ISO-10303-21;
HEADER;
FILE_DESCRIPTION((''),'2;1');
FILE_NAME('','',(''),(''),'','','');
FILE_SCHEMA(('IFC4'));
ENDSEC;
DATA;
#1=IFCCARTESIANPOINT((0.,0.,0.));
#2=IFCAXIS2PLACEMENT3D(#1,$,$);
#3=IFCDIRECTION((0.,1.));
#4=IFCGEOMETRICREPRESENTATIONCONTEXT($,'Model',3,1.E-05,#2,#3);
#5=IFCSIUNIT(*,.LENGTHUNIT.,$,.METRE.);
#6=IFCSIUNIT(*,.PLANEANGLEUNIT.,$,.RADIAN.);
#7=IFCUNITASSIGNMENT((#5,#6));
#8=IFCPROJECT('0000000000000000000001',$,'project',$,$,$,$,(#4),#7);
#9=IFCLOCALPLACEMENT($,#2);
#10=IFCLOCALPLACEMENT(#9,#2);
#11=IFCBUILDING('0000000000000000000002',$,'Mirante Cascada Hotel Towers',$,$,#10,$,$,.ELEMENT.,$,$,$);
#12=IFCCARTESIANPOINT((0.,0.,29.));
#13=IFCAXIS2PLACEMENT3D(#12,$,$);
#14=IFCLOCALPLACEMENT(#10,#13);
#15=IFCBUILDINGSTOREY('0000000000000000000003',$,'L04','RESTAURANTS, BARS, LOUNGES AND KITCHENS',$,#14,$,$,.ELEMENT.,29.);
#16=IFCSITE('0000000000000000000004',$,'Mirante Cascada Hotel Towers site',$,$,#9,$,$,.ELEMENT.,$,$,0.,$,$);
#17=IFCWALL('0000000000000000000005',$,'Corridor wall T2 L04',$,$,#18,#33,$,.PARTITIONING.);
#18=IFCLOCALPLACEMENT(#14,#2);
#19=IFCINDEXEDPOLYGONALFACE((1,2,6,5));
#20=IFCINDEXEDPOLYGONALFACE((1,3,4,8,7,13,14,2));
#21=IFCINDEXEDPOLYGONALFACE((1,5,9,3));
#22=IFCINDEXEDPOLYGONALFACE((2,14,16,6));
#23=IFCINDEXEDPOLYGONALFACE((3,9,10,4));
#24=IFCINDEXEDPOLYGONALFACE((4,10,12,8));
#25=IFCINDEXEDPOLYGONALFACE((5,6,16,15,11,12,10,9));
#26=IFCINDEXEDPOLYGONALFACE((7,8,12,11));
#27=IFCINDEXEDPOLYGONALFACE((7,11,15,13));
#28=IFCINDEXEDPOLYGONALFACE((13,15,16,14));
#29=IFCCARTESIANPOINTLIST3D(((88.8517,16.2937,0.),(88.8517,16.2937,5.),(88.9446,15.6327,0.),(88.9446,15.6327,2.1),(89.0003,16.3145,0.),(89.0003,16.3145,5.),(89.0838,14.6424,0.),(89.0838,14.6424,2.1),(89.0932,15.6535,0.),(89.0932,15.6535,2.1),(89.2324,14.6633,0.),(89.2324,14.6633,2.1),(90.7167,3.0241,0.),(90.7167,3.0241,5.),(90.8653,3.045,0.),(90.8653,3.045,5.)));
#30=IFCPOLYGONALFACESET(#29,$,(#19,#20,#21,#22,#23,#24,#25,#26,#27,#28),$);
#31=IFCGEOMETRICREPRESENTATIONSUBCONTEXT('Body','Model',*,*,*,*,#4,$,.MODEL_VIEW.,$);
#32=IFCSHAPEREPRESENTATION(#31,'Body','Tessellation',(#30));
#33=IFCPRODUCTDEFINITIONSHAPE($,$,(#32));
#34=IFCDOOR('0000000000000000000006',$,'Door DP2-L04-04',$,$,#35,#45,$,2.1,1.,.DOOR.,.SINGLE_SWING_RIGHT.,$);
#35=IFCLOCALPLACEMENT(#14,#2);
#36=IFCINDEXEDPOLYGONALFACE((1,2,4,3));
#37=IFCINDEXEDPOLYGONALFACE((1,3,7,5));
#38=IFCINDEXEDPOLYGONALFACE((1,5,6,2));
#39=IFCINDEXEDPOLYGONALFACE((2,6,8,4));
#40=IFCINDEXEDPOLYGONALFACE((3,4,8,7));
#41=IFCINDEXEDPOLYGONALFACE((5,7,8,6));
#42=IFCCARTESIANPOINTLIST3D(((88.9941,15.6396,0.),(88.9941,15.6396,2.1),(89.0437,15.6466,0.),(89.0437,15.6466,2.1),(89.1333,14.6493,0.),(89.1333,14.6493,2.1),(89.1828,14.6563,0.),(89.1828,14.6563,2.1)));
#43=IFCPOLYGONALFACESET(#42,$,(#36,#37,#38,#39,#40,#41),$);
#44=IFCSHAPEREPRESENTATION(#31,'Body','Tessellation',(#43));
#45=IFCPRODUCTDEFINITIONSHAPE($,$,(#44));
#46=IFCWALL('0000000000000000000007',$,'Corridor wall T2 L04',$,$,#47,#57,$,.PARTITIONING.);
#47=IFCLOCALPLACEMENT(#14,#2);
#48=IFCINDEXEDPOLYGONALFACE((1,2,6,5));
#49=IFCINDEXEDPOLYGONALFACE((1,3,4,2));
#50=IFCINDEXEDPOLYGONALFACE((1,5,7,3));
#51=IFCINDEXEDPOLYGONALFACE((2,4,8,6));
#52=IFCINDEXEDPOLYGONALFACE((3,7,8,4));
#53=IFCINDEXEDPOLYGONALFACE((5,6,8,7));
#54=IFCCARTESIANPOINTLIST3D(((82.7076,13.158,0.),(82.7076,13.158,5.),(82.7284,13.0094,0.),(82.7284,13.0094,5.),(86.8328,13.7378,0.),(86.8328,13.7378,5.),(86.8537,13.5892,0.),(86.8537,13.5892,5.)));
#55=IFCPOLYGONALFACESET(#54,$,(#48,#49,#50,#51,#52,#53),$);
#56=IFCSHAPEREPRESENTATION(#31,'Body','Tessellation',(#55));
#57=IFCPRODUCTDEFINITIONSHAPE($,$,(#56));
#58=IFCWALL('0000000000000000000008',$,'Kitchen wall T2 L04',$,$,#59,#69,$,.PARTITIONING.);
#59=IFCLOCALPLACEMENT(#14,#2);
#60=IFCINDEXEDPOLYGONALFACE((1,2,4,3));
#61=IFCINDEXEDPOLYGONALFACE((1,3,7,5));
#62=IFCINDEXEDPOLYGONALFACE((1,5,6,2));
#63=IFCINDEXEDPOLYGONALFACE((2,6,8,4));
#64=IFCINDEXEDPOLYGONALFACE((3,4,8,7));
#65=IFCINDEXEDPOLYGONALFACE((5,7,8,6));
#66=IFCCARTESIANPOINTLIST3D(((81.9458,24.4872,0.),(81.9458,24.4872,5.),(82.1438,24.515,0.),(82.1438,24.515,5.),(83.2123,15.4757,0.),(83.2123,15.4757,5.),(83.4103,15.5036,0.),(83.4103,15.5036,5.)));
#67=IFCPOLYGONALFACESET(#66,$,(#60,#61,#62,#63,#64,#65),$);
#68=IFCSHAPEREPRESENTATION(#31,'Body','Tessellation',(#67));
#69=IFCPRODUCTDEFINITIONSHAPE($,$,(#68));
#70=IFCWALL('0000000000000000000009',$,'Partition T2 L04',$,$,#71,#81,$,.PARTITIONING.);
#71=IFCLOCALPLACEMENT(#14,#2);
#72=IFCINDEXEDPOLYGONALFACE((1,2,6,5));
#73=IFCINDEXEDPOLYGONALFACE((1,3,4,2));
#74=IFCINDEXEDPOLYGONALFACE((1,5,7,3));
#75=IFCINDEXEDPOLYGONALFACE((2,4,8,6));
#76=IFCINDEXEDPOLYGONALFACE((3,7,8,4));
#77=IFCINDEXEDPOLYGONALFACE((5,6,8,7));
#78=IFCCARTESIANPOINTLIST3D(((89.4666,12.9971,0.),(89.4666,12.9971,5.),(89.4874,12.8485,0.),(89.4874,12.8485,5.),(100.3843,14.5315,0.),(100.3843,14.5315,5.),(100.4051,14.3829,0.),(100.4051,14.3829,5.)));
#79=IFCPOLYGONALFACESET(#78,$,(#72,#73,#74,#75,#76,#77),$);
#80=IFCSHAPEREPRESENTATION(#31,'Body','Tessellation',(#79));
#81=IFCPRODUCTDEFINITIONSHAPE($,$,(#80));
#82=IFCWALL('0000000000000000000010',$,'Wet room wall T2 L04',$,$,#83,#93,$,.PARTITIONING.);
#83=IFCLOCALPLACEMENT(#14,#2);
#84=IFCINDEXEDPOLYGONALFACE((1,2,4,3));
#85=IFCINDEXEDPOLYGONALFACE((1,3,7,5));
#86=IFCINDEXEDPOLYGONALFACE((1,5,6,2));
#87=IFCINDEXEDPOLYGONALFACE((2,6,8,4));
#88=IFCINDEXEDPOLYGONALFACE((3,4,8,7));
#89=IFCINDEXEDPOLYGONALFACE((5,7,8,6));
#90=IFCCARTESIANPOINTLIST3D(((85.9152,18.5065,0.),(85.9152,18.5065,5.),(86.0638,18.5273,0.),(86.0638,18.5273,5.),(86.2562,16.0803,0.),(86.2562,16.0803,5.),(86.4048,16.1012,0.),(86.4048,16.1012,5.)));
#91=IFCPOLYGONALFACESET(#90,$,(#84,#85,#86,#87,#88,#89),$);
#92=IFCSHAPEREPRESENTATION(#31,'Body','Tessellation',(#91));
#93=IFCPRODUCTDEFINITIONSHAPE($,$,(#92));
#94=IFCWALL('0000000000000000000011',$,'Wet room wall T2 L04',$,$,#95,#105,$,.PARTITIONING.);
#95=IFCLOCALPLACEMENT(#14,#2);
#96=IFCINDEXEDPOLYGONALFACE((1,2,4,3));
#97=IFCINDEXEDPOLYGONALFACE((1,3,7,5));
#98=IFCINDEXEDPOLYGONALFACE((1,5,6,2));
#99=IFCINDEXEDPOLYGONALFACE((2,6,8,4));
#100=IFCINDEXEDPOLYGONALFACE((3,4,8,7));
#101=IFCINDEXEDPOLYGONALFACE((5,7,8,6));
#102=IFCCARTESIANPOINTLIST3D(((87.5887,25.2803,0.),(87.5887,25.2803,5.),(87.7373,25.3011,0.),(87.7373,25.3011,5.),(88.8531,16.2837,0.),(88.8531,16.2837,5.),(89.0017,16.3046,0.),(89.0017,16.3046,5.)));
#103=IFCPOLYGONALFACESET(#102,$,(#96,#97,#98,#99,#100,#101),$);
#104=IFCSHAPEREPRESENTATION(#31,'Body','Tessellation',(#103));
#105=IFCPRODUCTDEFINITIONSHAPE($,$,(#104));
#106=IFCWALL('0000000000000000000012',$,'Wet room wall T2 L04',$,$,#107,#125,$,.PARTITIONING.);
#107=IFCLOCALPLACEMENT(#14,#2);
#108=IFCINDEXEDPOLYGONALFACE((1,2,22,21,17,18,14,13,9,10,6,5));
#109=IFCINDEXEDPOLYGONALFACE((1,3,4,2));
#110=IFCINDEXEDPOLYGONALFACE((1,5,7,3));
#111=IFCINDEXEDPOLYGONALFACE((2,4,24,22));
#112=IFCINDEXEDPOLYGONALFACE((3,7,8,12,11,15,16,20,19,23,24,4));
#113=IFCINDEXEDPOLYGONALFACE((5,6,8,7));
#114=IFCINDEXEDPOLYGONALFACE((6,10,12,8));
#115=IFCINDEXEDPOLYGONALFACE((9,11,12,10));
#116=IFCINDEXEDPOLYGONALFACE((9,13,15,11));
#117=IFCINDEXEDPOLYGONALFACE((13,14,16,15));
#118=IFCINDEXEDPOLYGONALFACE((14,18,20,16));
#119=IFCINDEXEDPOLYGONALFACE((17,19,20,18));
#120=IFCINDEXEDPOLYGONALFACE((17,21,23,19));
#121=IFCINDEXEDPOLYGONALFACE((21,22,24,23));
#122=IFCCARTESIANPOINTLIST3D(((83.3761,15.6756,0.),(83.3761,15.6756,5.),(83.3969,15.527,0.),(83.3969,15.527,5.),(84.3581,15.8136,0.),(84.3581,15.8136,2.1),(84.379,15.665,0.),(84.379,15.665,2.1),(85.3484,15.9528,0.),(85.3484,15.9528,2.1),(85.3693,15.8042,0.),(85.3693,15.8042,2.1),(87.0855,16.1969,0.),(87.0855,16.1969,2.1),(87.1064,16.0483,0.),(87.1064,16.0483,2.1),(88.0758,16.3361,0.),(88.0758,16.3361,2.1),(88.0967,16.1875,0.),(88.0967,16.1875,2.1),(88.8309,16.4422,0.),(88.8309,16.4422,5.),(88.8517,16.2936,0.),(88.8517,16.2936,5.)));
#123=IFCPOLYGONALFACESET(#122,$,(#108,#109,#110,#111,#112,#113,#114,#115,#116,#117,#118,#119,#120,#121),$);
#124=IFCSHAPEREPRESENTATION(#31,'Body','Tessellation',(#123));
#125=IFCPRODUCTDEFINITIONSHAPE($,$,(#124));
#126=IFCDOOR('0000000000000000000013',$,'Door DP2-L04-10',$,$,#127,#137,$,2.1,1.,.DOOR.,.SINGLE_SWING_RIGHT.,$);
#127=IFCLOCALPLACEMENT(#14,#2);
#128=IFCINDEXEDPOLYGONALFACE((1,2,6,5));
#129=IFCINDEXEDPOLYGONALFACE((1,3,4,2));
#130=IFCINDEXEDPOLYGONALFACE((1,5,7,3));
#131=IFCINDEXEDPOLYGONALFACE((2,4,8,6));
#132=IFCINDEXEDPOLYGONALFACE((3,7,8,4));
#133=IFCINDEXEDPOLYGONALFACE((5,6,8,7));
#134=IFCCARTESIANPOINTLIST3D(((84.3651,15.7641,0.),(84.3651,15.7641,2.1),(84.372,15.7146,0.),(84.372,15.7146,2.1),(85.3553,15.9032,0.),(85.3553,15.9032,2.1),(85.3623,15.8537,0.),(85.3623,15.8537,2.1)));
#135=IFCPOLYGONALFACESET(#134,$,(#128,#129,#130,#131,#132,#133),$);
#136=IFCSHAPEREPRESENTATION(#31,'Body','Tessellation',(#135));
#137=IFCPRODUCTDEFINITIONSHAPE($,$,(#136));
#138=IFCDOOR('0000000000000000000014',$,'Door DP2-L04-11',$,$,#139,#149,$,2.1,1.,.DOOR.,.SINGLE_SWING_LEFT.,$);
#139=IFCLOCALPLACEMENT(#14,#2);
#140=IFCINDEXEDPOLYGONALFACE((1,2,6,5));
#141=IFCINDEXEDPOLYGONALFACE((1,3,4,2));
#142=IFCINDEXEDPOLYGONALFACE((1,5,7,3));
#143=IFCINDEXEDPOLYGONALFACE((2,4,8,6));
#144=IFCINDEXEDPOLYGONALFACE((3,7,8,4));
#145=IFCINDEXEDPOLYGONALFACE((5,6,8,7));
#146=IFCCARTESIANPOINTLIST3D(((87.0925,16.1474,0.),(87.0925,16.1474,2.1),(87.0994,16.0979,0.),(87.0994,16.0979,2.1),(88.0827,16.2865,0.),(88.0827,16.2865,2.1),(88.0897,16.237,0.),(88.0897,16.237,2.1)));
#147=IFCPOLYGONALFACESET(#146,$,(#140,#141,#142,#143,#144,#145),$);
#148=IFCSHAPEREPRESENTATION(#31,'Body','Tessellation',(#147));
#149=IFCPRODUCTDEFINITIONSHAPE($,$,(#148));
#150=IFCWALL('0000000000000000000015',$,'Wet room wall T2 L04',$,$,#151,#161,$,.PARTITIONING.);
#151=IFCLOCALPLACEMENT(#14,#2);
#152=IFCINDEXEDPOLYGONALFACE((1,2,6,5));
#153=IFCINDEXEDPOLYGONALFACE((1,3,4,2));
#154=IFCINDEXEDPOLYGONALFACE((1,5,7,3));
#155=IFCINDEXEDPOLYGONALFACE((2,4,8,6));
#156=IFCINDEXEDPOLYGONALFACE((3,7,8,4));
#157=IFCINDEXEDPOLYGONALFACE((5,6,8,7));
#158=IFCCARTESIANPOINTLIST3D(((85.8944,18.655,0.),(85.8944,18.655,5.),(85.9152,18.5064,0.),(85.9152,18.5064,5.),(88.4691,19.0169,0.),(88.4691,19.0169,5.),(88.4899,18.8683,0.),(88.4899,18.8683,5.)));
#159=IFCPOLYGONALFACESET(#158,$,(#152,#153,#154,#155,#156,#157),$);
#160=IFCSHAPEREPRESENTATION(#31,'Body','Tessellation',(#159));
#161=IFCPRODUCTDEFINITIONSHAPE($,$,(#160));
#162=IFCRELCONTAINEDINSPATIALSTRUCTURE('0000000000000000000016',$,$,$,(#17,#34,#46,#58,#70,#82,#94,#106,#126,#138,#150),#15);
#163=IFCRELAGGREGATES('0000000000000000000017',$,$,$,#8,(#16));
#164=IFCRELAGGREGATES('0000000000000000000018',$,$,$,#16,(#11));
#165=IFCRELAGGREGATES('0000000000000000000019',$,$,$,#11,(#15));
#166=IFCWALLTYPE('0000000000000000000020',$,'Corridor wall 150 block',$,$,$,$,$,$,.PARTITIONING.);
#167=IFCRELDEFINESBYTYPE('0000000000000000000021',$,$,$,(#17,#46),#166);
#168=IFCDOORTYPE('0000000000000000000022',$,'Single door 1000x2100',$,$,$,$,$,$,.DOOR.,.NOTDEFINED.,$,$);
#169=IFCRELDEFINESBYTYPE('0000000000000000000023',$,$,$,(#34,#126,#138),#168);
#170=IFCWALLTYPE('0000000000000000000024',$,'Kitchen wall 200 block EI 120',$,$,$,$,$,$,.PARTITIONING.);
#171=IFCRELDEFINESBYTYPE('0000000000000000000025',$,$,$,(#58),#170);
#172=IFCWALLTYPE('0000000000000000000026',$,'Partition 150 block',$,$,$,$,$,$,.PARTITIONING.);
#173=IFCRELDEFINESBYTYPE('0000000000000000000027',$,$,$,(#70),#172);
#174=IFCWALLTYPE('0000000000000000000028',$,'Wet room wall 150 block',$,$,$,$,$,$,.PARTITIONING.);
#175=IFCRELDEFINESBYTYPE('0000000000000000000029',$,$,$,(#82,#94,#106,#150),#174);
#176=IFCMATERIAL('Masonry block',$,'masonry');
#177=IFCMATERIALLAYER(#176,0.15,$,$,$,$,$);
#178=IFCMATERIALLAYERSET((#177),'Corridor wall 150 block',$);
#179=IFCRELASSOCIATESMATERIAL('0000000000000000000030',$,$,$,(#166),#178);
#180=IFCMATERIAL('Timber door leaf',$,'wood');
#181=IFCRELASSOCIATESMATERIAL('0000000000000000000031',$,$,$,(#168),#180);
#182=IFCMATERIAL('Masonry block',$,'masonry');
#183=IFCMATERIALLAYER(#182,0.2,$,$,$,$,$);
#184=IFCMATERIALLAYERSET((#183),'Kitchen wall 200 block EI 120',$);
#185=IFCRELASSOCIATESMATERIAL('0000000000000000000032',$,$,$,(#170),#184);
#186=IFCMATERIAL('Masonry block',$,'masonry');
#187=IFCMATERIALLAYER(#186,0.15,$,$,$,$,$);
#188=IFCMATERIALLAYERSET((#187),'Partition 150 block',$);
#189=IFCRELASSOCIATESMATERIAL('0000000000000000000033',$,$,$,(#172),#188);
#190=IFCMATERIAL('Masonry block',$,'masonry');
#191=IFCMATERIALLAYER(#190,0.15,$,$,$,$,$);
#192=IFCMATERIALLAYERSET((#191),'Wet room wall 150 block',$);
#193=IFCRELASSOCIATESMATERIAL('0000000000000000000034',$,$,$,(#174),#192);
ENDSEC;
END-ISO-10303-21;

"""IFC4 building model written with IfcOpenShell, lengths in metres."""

from ifc_helpers import new_model, si_unit, direction, frame, frame_2d, origin, place, context, subcontext, project, spatial, rectangle, extrude, material, layer, layer_set, type_object, element, fill, save


model = new_model("IFC4")

# Units and contexts
model_context = context("Model", 3, precision=1e-05, world=origin(), true_north=direction((0.0, 1.0)))
body_context = subcontext(model_context, "Body", "Model", "MODEL_VIEW")
ifc_project = project(units=[si_unit("LENGTHUNIT", "METRE"), si_unit("PLANEANGLEUNIT", "RADIAN")], contexts=[model_context])

# Site, building, storey
site_placement = place(None, origin())
site = spatial("IfcSite", under=ifc_project, at=site_placement, Name="Mirante Cascada Hotel Towers site", CompositionType="ELEMENT", RefElevation=0.0)
building_placement = place(site_placement, origin())
building = spatial("IfcBuilding", under=site, at=building_placement, Name="Mirante Cascada Hotel Towers", CompositionType="ELEMENT")
storey_placement = place(building_placement, frame((0.0, 0.0, 29.0)))
storey = spatial("IfcBuildingStorey", under=building, at=storey_placement, Name="L04", Description="RESTAURANTS, BARS, LOUNGES AND KITCHENS", CompositionType="ELEMENT", Elevation=29.0)

# Shared definitions
ifc_material_1 = material(Name="Masonry block", Category="masonry")
ifc_layer_1 = layer(ifc_material_1, 0.15)
ifc_layer_set_1 = layer_set([ifc_layer_1], Name="Corridor wall 150 block")
wall_type_1 = type_object("IfcWallType", Name="Corridor wall 150 block", PredefinedType="PARTITIONING", material=ifc_layer_set_1)

# Wall, opening, door
wall_1_placement = place(storey_placement, frame((88.926, 16.3041, 0.0), z_axis=(0.0, 0.0, 1.0), x_axis=(0.139179, -0.990267, 0.0)))
wall_1 = element("IfcWall", 1, at=wall_1_placement, inside=storey, type_object=wall_type_1, Name="Corridor wall T2 L04", PredefinedType="PARTITIONING", context=body_context, shape_type="SweptSolid", body=[
    extrude(rectangle(XDim=13.4, YDim=0.15, at=frame_2d((6.7, 0.0))), origin(), (0.0, 0.0, 1.0), 5.0),
])
opening_1_placement = place(wall_1_placement, frame((0.6675, 0.0, 0.0)))
opening_1 = element("IfcOpeningElement", 2, at=opening_1_placement, cuts=wall_1, PredefinedType="OPENING", context=body_context, shape_type="SweptSolid", body=[
    extrude(rectangle(XDim=1.0, YDim=2.1, at=frame_2d((0.5, 1.05))), frame((0.0, 0.075, 0.0), z_axis=(0.0, -1.0, 0.0), x_axis=(1.0, 0.0, 0.0)), (0.0, 0.0, 1.0), 0.15),
])
ifc_material_2 = material(Name="Timber door leaf", Category="wood")
door_type = type_object("IfcDoorType", Name="Single door 1000x2100", OperationType="NOTDEFINED", PredefinedType="DOOR", material=ifc_material_2)
door_1_placement = place(opening_1_placement, origin())
door_1 = element("IfcDoor", 3, at=door_1_placement, inside=storey, type_object=door_type, Name="Door DP2-L04-04", OperationType="SINGLE_SWING_RIGHT", OverallHeight=2.1, OverallWidth=1.0, PredefinedType="DOOR", context=body_context, shape_type="SweptSolid", body=[
    extrude(rectangle(XDim=1.0, YDim=2.1, at=frame_2d((0.5, 1.05))), frame((0.0, 0.025, 0.0), z_axis=(0.0, -1.0, 0.0), x_axis=(1.0, 0.0, 0.0)), (0.0, 0.0, 1.0), 0.05),
])
fill(opening_1, door_1)

# Walls
wall_2_placement = place(storey_placement, frame((82.718, 13.0837, 0.0), z_axis=(0.0, 0.0, 1.0), x_axis=(0.990267, 0.139179, 0.0)))
element("IfcWall", 4, at=wall_2_placement, inside=storey, type_object=wall_type_1, Name="Corridor wall T2 L04", PredefinedType="PARTITIONING", context=body_context, shape_type="SweptSolid", body=[
    extrude(rectangle(XDim=4.1658, YDim=0.15, at=frame_2d((2.0829, 0.0))), origin(), (0.0, 0.0, 1.0), 5.0),
])
ifc_material_3 = material(Name="Masonry block", Category="masonry")
ifc_layer_2 = layer(ifc_material_3, 0.2)
ifc_layer_set_2 = layer_set([ifc_layer_2], Name="Kitchen wall 200 block EI 120")
wall_type_2 = type_object("IfcWallType", Name="Kitchen wall 200 block EI 120", PredefinedType="PARTITIONING", material=ifc_layer_set_2)
wall_3_placement = place(storey_placement, frame((82.0448, 24.5011, 0.0), z_axis=(0.0, 0.0, 1.0), x_axis=(0.139176, -0.990268, 0.0)))
element("IfcWall", 5, at=wall_3_placement, inside=storey, type_object=wall_type_2, Name="Kitchen wall T2 L04", PredefinedType="PARTITIONING", context=body_context, shape_type="SweptSolid", body=[
    extrude(rectangle(XDim=9.1, YDim=0.2, at=frame_2d((4.55, 0.0))), origin(), (0.0, 0.0, 1.0), 5.0),
])
ifc_material_4 = material(Name="Masonry block", Category="masonry")
ifc_layer_3 = layer(ifc_material_4, 0.15)
ifc_layer_set_3 = layer_set([ifc_layer_3], Name="Partition 150 block")
wall_type_3 = type_object("IfcWallType", Name="Partition 150 block", PredefinedType="PARTITIONING", material=ifc_layer_set_3)
wall_4_placement = place(storey_placement, frame((89.477, 12.9228, 0.0), z_axis=(0.0, 0.0, 1.0), x_axis=(0.990268, 0.139175, 0.0)))
element("IfcWall", 6, at=wall_4_placement, inside=storey, type_object=wall_type_3, Name="Partition T2 L04", PredefinedType="PARTITIONING", context=body_context, shape_type="SweptSolid", body=[
    extrude(rectangle(XDim=11.025, YDim=0.15, at=frame_2d((5.5125, 0.0))), origin(), (0.0, 0.0, 1.0), 5.0),
])
ifc_material_5 = material(Name="Masonry block", Category="masonry")
ifc_layer_4 = layer(ifc_material_5, 0.15)
ifc_layer_set_4 = layer_set([ifc_layer_4], Name="Wet room wall 150 block")
wall_type_4 = type_object("IfcWallType", Name="Wet room wall 150 block", PredefinedType="PARTITIONING", material=ifc_layer_set_4)
wall_5_placement = place(storey_placement, frame((85.9895, 18.5169, 0.0), z_axis=(0.0, 0.0, 1.0), x_axis=(0.139181, -0.990267, 0.0)))
element("IfcWall", 7, at=wall_5_placement, inside=storey, type_object=wall_type_4, Name="Wet room wall T2 L04", PredefinedType="PARTITIONING", context=body_context, shape_type="SweptSolid", body=[
    extrude(rectangle(XDim=2.45, YDim=0.15, at=frame_2d((1.225, 0.0))), origin(), (0.0, 0.0, 1.0), 5.0),
])
wall_6_placement = place(storey_placement, frame((87.663, 25.2907, 0.0), z_axis=(0.0, 0.0, 1.0), x_axis=(0.139174, -0.990268, 0.0)))
element("IfcWall", 8, at=wall_6_placement, inside=storey, type_object=wall_type_4, Name="Wet room wall T2 L04", PredefinedType="PARTITIONING", context=body_context, shape_type="SweptSolid", body=[
    extrude(rectangle(XDim=9.085, YDim=0.15, at=frame_2d((4.5425, 0.0))), origin(), (0.0, 0.0, 1.0), 5.0),
])

# Wall, openings, doors
wall_7_placement = place(storey_placement, frame((83.3865, 15.6013, 0.0), z_axis=(0.0, 0.0, 1.0), x_axis=(0.990269, 0.139169, 0.0)))
wall_7 = element("IfcWall", 9, at=wall_7_placement, inside=storey, type_object=wall_type_4, Name="Wet room wall T2 L04", PredefinedType="PARTITIONING", context=body_context, shape_type="SweptSolid", body=[
    extrude(rectangle(XDim=5.5084, YDim=0.15, at=frame_2d((2.7542, 0.0))), origin(), (0.0, 0.0, 1.0), 5.0),
])
opening_2_placement = place(wall_7_placement, frame((0.9917, 0.0, 0.0)))
opening_2 = element("IfcOpeningElement", 10, at=opening_2_placement, cuts=wall_7, PredefinedType="OPENING", context=body_context, shape_type="SweptSolid", body=[
    extrude(rectangle(XDim=1.0, YDim=2.1, at=frame_2d((0.5, 1.05))), frame((0.0, 0.075, 0.0), z_axis=(0.0, -1.0, 0.0), x_axis=(1.0, 0.0, 0.0)), (0.0, 0.0, 1.0), 0.15),
])
opening_3_placement = place(wall_7_placement, frame((3.7459, 0.0, 0.0)))
opening_3 = element("IfcOpeningElement", 11, at=opening_3_placement, cuts=wall_7, PredefinedType="OPENING", context=body_context, shape_type="SweptSolid", body=[
    extrude(rectangle(XDim=1.0, YDim=2.1, at=frame_2d((0.5, 1.05))), frame((0.0, 0.075, 0.0), z_axis=(0.0, -1.0, 0.0), x_axis=(1.0, 0.0, 0.0)), (0.0, 0.0, 1.0), 0.15),
])
door_2_placement = place(opening_2_placement, origin())
door_2 = element("IfcDoor", 12, at=door_2_placement, inside=storey, type_object=door_type, Name="Door DP2-L04-10", OperationType="SINGLE_SWING_RIGHT", OverallHeight=2.1, OverallWidth=1.0, PredefinedType="DOOR", context=body_context, shape_type="SweptSolid", body=[
    extrude(rectangle(XDim=1.0, YDim=2.1, at=frame_2d((0.5, 1.05))), frame((0.0, 0.025, 0.0), z_axis=(0.0, -1.0, 0.0), x_axis=(1.0, 0.0, 0.0)), (0.0, 0.0, 1.0), 0.05),
])
fill(opening_2, door_2)
door_3_placement = place(opening_3_placement, origin())
door_3 = element("IfcDoor", 13, at=door_3_placement, inside=storey, type_object=door_type, Name="Door DP2-L04-11", OperationType="SINGLE_SWING_LEFT", OverallHeight=2.1, OverallWidth=1.0, PredefinedType="DOOR", context=body_context, shape_type="SweptSolid", body=[
    extrude(rectangle(XDim=1.0, YDim=2.1, at=frame_2d((0.5, 1.05))), frame((0.0, 0.025, 0.0), z_axis=(0.0, -1.0, 0.0), x_axis=(1.0, 0.0, 0.0)), (0.0, 0.0, 1.0), 0.05),
])
fill(opening_3, door_3)

# Wall
wall_8_placement = place(storey_placement, frame((85.9048, 18.5807, 0.0), z_axis=(0.0, 0.0, 1.0), x_axis=(0.990265, 0.139192, 0.0)))
element("IfcWall", 14, at=wall_8_placement, inside=storey, type_object=wall_type_4, Name="Wet room wall T2 L04", PredefinedType="PARTITIONING", context=body_context, shape_type="SweptSolid", body=[
    extrude(rectangle(XDim=2.6, YDim=0.15, at=frame_2d((1.3, 0.0))), origin(), (0.0, 0.0, 1.0), 5.0),
])

save(model, "model.ifc")
